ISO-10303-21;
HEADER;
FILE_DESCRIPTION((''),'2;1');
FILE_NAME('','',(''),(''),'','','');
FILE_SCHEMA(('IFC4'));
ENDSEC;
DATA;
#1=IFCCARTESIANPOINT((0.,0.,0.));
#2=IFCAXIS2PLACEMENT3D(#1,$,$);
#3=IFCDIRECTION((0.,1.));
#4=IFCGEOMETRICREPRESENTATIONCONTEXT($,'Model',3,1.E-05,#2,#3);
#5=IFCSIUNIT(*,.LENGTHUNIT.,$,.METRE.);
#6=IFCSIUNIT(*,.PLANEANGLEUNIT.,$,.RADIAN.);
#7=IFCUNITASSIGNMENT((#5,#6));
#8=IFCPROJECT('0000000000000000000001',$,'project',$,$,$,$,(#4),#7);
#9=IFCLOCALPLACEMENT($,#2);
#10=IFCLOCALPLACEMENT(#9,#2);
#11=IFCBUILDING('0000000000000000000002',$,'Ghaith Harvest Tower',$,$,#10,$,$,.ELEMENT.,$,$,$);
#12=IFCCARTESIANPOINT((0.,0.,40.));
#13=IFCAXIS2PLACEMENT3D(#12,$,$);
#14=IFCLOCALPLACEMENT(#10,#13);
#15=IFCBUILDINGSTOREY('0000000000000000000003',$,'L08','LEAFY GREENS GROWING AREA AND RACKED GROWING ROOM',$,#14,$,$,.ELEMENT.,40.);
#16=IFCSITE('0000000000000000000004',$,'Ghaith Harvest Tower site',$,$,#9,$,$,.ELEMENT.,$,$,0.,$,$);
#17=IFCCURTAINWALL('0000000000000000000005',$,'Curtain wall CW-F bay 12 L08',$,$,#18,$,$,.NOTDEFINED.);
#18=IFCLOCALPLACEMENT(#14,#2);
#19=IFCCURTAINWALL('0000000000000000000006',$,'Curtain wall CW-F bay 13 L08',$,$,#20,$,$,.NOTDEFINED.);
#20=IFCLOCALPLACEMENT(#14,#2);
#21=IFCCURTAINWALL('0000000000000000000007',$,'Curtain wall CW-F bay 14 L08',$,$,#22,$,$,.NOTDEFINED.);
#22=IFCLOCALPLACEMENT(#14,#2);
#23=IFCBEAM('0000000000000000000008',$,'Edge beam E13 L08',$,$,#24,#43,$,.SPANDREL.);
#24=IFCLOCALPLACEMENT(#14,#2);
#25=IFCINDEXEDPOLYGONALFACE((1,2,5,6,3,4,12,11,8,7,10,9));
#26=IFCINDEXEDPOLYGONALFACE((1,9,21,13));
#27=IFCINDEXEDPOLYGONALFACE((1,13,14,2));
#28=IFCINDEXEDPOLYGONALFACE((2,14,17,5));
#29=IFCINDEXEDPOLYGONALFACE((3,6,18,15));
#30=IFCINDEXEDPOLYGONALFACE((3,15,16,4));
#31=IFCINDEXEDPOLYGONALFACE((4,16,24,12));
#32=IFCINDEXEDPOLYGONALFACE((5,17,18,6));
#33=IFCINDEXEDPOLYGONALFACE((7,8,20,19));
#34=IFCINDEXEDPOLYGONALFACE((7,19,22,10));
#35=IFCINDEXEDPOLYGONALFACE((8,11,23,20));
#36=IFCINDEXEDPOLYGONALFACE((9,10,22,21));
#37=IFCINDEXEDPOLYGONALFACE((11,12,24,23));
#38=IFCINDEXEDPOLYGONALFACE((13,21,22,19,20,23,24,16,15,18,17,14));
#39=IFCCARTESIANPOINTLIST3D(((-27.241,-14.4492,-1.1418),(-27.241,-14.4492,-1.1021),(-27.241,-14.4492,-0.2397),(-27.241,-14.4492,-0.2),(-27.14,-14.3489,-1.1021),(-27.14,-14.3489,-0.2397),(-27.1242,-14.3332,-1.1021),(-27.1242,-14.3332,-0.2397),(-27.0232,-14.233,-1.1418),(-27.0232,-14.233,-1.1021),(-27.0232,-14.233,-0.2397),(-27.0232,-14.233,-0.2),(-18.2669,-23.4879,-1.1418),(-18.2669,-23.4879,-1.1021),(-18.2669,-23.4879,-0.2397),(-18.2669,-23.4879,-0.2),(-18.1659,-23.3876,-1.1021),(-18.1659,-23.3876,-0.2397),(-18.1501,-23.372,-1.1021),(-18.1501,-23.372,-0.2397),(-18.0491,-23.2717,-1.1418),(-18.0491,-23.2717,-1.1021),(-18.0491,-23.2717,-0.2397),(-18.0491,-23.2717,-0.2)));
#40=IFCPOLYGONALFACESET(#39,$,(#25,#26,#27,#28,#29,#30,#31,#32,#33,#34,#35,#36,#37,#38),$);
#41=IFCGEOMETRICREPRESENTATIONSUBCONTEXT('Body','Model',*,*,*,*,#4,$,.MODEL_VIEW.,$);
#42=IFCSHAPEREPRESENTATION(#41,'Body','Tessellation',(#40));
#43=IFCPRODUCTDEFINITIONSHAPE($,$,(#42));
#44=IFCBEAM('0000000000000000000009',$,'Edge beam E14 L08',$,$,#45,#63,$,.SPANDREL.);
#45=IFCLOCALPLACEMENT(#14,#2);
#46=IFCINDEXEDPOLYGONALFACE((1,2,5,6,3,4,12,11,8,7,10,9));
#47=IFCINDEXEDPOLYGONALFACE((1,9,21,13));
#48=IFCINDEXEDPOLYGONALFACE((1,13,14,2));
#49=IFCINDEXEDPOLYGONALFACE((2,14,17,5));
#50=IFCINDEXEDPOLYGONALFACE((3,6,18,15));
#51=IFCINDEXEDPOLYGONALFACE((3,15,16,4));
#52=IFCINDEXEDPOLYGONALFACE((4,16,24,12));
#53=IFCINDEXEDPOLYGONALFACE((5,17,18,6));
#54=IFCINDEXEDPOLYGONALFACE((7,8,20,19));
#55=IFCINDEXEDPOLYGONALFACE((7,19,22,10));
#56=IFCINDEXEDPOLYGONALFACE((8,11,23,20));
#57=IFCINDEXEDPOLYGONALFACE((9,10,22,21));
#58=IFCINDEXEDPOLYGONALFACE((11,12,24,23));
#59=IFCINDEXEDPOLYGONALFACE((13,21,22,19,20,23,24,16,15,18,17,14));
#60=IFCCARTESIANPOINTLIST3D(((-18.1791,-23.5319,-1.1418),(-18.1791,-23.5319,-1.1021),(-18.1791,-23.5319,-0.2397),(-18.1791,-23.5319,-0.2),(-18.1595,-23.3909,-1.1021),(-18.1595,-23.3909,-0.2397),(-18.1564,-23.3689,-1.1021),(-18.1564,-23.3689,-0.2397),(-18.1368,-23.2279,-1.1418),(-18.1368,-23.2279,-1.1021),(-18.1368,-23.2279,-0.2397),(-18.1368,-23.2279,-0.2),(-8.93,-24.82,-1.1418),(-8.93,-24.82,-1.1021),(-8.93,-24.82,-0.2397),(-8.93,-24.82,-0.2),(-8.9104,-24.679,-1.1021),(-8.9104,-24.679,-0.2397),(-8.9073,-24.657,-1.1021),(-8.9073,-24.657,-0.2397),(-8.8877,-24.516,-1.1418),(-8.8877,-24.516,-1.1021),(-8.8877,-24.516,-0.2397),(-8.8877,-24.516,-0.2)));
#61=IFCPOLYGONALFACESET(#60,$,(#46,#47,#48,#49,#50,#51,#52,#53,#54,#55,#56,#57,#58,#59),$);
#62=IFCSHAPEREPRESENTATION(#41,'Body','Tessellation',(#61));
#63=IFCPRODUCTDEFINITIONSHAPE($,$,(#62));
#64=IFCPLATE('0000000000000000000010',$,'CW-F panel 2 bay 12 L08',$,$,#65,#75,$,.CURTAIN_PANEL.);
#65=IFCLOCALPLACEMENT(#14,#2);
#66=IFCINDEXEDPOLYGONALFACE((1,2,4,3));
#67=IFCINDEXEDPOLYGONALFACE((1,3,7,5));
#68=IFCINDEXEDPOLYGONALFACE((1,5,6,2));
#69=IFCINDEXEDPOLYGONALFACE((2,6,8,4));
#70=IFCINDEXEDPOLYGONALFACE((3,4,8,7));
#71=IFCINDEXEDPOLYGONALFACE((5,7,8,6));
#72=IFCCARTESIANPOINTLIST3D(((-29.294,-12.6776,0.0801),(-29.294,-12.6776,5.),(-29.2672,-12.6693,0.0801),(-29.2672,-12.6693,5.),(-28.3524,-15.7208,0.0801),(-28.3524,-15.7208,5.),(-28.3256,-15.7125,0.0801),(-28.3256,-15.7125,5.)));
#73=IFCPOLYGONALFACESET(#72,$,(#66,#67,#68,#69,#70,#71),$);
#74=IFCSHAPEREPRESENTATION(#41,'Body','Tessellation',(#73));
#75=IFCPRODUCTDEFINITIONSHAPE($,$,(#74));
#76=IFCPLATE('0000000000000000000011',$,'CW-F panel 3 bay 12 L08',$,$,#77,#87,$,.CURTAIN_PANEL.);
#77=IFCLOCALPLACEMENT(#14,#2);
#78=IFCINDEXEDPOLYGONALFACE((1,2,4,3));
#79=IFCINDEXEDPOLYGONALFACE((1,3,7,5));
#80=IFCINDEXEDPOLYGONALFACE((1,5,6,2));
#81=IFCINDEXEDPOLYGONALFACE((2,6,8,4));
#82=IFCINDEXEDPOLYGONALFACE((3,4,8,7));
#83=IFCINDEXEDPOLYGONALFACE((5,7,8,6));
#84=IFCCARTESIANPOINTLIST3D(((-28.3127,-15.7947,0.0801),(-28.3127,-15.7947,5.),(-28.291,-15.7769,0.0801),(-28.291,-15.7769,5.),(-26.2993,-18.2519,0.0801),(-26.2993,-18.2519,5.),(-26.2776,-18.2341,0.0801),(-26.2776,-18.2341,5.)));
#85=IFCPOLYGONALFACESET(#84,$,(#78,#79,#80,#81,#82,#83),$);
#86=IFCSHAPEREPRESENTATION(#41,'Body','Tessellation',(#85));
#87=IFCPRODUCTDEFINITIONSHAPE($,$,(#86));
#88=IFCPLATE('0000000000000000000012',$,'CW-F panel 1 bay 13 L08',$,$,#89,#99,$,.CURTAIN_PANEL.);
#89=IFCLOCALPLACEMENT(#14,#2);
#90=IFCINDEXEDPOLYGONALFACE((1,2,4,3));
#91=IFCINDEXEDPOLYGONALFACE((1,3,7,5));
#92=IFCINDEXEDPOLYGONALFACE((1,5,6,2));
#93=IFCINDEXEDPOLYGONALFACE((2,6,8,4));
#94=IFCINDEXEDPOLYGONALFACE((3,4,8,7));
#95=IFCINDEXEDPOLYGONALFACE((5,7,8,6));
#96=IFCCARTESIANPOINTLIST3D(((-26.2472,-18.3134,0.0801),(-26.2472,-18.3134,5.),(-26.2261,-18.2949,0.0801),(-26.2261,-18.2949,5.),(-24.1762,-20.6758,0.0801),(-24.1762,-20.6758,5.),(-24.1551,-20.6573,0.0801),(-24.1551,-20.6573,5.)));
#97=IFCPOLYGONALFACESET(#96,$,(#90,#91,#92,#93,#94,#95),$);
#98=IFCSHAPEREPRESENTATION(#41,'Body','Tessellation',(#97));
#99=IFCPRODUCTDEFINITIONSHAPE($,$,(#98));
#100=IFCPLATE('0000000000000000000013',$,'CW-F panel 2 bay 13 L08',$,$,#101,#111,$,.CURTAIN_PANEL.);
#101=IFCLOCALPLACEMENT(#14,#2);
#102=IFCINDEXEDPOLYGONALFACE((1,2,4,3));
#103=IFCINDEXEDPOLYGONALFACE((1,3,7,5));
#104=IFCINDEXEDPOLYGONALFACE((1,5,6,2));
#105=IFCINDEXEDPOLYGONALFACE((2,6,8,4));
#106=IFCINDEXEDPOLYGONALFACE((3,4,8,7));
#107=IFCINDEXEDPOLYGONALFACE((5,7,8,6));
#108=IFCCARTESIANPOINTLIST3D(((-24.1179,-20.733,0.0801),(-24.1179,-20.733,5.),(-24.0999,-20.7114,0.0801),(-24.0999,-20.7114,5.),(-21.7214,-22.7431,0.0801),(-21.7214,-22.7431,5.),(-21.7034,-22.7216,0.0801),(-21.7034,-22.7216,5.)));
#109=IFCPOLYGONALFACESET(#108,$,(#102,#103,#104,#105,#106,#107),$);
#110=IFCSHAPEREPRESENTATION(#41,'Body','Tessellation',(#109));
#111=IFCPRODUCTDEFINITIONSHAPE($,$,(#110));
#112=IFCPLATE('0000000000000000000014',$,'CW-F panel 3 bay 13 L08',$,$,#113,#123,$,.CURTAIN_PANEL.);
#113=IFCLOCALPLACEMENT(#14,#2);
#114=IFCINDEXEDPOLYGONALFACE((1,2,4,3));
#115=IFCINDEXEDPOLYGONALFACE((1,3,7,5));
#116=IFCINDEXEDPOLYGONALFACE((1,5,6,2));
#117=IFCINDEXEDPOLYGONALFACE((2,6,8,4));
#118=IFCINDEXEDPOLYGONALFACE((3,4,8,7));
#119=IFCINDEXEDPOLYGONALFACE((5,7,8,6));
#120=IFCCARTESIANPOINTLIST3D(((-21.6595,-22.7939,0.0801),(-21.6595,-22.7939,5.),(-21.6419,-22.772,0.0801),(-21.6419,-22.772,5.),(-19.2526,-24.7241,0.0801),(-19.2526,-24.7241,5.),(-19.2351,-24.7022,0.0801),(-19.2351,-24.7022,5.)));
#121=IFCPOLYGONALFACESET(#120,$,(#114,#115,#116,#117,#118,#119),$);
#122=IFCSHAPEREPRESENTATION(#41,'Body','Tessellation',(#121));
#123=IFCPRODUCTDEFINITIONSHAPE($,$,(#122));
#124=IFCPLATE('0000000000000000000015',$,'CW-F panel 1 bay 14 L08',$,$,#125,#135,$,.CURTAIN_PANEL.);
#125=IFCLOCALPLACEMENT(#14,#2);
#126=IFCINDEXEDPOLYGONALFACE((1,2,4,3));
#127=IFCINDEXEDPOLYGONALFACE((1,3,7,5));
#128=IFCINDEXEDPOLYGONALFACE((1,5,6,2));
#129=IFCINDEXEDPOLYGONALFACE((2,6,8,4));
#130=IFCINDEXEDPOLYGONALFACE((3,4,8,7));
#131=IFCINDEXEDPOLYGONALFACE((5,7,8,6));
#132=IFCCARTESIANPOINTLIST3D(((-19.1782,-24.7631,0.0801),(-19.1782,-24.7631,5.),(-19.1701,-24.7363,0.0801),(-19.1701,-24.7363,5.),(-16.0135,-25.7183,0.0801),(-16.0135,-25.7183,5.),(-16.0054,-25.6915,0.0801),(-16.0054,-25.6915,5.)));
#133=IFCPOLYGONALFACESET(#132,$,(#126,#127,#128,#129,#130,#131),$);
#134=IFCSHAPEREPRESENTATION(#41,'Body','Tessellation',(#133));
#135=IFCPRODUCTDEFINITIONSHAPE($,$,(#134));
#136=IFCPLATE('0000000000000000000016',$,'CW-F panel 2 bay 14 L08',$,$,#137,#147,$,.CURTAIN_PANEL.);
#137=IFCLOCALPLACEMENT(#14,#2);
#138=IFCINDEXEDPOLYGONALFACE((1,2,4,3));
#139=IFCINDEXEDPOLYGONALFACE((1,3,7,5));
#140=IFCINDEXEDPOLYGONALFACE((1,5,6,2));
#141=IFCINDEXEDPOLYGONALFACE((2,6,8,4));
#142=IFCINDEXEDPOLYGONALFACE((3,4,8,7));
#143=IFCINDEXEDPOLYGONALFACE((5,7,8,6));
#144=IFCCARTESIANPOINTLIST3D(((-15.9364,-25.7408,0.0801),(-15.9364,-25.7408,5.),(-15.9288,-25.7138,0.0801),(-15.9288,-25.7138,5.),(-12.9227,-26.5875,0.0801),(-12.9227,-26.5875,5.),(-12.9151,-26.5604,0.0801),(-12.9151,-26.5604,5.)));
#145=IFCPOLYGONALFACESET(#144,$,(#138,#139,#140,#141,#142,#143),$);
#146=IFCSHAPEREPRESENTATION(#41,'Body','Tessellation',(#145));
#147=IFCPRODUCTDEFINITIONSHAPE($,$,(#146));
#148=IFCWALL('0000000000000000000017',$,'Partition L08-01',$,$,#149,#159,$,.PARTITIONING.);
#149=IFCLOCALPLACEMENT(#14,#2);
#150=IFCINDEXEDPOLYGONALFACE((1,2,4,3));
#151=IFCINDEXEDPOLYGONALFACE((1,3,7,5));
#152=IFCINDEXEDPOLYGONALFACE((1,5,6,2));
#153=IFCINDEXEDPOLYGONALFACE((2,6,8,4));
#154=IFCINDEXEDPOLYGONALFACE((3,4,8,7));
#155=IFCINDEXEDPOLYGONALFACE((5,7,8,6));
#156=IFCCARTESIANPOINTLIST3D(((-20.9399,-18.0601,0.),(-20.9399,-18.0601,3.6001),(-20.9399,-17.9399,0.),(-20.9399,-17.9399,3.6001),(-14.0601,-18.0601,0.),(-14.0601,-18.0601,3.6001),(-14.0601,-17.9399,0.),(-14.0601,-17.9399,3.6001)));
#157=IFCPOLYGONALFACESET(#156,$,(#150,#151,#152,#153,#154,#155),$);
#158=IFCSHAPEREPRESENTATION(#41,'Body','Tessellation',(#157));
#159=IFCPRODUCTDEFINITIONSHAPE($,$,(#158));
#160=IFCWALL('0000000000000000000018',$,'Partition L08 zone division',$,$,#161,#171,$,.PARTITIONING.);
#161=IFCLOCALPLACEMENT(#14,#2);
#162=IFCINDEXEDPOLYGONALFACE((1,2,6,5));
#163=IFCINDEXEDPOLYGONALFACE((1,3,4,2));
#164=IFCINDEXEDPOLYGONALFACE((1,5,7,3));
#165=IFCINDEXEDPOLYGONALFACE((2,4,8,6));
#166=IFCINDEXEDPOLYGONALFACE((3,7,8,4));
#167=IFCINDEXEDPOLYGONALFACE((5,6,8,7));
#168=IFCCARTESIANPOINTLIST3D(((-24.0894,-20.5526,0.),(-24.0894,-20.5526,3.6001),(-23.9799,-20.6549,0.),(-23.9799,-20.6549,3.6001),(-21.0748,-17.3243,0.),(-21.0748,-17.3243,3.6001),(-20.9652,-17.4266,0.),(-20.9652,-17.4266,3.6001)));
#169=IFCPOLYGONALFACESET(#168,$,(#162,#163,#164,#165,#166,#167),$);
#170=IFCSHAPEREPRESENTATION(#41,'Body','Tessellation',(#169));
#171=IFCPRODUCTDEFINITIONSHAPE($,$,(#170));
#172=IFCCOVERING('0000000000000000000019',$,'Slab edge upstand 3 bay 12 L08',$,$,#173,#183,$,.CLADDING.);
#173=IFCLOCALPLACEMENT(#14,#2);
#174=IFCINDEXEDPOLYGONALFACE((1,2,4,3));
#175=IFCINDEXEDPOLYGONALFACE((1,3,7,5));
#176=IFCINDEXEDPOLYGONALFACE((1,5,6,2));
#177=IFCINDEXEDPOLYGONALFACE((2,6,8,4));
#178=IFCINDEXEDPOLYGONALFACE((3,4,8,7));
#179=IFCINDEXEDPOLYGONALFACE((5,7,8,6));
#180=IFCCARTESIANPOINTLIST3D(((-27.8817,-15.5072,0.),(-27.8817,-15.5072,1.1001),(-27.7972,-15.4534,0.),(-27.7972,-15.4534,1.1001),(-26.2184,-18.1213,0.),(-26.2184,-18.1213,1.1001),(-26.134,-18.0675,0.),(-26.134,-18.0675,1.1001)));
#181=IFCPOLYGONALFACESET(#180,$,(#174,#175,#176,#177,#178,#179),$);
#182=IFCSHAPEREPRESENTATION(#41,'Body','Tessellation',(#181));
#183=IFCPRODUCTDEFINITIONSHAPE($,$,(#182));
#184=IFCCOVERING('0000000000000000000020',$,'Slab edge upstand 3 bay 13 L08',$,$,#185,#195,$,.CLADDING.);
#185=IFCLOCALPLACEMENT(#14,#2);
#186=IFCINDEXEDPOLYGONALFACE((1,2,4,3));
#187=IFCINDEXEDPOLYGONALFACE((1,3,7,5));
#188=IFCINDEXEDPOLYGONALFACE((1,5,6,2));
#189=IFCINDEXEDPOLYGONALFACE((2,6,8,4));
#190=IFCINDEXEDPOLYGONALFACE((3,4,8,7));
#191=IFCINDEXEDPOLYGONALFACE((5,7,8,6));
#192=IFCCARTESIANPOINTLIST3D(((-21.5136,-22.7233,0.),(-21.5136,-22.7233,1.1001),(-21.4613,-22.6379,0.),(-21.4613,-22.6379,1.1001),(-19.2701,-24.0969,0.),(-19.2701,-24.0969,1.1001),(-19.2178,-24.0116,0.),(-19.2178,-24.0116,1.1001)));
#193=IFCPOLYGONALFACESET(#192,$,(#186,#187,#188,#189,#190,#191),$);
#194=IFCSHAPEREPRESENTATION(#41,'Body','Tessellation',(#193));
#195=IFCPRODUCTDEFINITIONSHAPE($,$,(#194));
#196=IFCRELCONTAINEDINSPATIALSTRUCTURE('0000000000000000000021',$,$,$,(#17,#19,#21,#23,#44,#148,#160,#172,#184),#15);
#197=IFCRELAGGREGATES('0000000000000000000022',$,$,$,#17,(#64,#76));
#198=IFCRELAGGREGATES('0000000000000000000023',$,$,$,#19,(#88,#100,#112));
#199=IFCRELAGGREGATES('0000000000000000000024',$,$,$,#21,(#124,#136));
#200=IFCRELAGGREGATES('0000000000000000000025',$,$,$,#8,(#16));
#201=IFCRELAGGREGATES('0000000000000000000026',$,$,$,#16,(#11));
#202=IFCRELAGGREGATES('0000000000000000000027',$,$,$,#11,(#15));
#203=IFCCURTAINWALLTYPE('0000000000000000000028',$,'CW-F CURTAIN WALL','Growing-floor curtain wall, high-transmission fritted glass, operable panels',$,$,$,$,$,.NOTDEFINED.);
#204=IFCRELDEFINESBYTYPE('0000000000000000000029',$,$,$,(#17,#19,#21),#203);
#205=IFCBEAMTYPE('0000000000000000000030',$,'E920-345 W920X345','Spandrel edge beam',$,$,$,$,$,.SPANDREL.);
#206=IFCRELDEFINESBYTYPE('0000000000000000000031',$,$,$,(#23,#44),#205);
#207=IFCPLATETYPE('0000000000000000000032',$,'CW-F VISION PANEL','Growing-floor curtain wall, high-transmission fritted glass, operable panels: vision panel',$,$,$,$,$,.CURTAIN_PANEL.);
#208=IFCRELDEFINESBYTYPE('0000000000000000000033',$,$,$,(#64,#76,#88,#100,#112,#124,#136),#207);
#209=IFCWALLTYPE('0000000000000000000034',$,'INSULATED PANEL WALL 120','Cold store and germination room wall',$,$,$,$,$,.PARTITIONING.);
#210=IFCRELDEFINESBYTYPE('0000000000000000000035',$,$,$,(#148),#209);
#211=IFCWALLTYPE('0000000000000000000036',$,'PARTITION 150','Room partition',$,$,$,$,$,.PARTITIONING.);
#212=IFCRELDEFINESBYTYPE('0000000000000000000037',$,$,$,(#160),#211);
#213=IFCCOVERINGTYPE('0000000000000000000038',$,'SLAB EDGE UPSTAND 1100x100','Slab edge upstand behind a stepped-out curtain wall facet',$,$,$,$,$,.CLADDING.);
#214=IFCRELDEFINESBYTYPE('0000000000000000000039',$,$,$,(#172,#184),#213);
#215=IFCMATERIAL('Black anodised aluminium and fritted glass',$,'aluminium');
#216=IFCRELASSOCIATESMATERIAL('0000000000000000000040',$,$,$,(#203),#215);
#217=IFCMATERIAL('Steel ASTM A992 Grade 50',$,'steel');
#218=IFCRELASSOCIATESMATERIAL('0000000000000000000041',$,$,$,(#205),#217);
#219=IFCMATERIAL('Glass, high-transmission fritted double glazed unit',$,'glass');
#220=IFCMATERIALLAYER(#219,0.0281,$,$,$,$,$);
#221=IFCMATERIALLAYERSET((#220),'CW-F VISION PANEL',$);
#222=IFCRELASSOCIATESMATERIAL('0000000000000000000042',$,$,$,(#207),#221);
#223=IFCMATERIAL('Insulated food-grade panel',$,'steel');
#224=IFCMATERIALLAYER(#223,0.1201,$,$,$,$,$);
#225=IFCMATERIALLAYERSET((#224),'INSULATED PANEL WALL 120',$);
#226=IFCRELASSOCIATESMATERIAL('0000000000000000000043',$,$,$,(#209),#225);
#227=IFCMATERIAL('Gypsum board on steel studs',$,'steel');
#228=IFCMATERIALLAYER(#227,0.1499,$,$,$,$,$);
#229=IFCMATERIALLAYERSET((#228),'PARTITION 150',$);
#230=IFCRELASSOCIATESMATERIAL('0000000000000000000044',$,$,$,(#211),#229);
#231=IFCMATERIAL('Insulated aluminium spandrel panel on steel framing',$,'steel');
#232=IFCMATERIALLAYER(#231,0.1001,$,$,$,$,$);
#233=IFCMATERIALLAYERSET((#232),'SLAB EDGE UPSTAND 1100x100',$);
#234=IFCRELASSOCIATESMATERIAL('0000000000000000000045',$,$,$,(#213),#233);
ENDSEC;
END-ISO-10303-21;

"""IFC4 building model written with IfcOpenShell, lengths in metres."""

from ifc_helpers import new_model, si_unit, direction, frame, frame_2d, origin, origin_2d, place, context, subcontext, project, spatial, rectangle, i_section, extrude, material, layer, layer_set, material_profile, profile_set, type_object, element, aggregate, save


model = new_model("IFC4")

# Units and contexts
model_context = context("Model", 3, precision=1e-05, world=origin(), true_north=direction((0.0, 1.0)))
body_context = subcontext(model_context, "Body", "Model", "MODEL_VIEW")
ifc_project = project(units=[si_unit("LENGTHUNIT", "METRE"), si_unit("PLANEANGLEUNIT", "RADIAN")], contexts=[model_context])

# Site, building, storey
site_placement = place(None, origin())
site = spatial("IfcSite", under=ifc_project, at=site_placement, Name="Ghaith Harvest Tower site", CompositionType="ELEMENT", RefElevation=0.0)
building_placement = place(site_placement, origin())
building = spatial("IfcBuilding", under=site, at=building_placement, Name="Ghaith Harvest Tower", CompositionType="ELEMENT")
storey_placement = place(building_placement, frame((0.0, 0.0, 40.0)))
storey = spatial("IfcBuildingStorey", under=building, at=storey_placement, Name="L08", Description="LEAFY GREENS GROWING AREA AND RACKED GROWING ROOM", CompositionType="ELEMENT", Elevation=40.0)

# Curtain wall
ifc_material_1 = material(Name="Black anodised aluminium and fritted glass", Category="aluminium")
curtain_wall_type = type_object("IfcCurtainWallType", Name="CW-F CURTAIN WALL", Description="Growing-floor curtain wall, high-transmission fritted glass, operable panels", PredefinedType="NOTDEFINED", material=ifc_material_1)
curtain_wall_1_placement = place(storey_placement, origin())
curtain_wall_1 = element("IfcCurtainWall", 1, at=curtain_wall_1_placement, inside=storey, type_object=curtain_wall_type, Name="Curtain wall CW-F bay 12 L08", PredefinedType="NOTDEFINED")

# Curtain walls
curtain_wall_2_placement = place(storey_placement, origin())
curtain_wall_2 = element("IfcCurtainWall", 2, at=curtain_wall_2_placement, inside=storey, type_object=curtain_wall_type, Name="Curtain wall CW-F bay 13 L08", PredefinedType="NOTDEFINED")
curtain_wall_3_placement = place(storey_placement, origin())
curtain_wall_3 = element("IfcCurtainWall", 3, at=curtain_wall_3_placement, inside=storey, type_object=curtain_wall_type, Name="Curtain wall CW-F bay 14 L08", PredefinedType="NOTDEFINED")

# Beams
ifc_material_2 = material(Name="Steel ASTM A992 Grade 50", Category="steel")
ifc_material_profile_1 = material_profile(ifc_material_2, i_section(OverallWidth=0.3069, OverallDepth=0.9419, WebThickness=0.0222, FlangeThickness=0.0398, at=origin_2d()), Name="W920X345")
ifc_profile_set_1 = profile_set([ifc_material_profile_1], Name="Steel ASTM A992 Grade 50")
beam_type = type_object("IfcBeamType", Name="E920-345 W920X345", Description="Spandrel edge beam", PredefinedType="SPANDREL", material=ifc_profile_set_1)
beam_1_placement = place(storey_placement, frame((-27.1321, -14.3411, -0.6709), z_axis=(0.704563, -0.709642, 0.0), x_axis=(0.709642, 0.704563, 0.0)))
element("IfcBeam", 4, at=beam_1_placement, inside=storey, type_object=beam_type, Name="Edge beam E13 L08", PredefinedType="SPANDREL", context=body_context, shape_type="SweptSolid", body=[
    extrude(i_section(OverallWidth=0.3069, OverallDepth=0.9419, WebThickness=0.0222, FlangeThickness=0.0398, at=origin_2d()), origin(), (0.0, 0.0, 1.0), 12.7371),
])
beam_2_placement = place(storey_placement, frame((-18.158, -23.3799, -0.6709), z_axis=(0.990441, -0.137936, 0.0), x_axis=(0.137936, 0.990441, 0.0)))
element("IfcBeam", 5, at=beam_2_placement, inside=storey, type_object=beam_type, Name="Edge beam E14 L08", PredefinedType="SPANDREL", context=body_context, shape_type="SweptSolid", body=[
    extrude(i_section(OverallWidth=0.3069, OverallDepth=0.9419, WebThickness=0.0222, FlangeThickness=0.0398, at=origin_2d()), origin(), (0.0, 0.0, 1.0), 9.3384),
])

# Plates
ifc_material_3 = material(Name="Glass, high-transmission fritted double glazed unit", Category="glass")
ifc_layer_1 = layer(ifc_material_3, 0.0281)
ifc_layer_set_1 = layer_set([ifc_layer_1], Name="CW-F VISION PANEL")
plate_type = type_object("IfcPlateType", Name="CW-F VISION PANEL", Description="Growing-floor curtain wall, high-transmission fritted glass, operable panels: vision panel", PredefinedType="CURTAIN_PANEL", material=ifc_layer_set_1)
plate_1_placement = place(storey_placement, frame((-28.8098, -14.1951, 0.0801), z_axis=(0.0, 0.0, 1.0), x_axis=(0.295583, -0.955317, 0.0)))
plate_1 = element("IfcPlate", 6, at=plate_1_placement, type_object=plate_type, Name="CW-F panel 2 bay 12 L08", PredefinedType="CURTAIN_PANEL", context=body_context, shape_type="SweptSolid", body=[
    extrude(rectangle(XDim=3.1855, YDim=0.0281, at=origin_2d()), origin(), (0.0, 0.0, 1.0), 4.9199),
])
plate_2_placement = place(storey_placement, frame((-27.2952, -17.0144, 0.0801), z_axis=(0.0, 0.0, 1.0), x_axis=(0.63379, -0.773505, 0.0)))
plate_2 = element("IfcPlate", 7, at=plate_2_placement, type_object=plate_type, Name="CW-F panel 3 bay 12 L08", PredefinedType="CURTAIN_PANEL", context=body_context, shape_type="SweptSolid", body=[
    extrude(rectangle(XDim=3.1768, YDim=0.0281, at=origin_2d()), origin(), (0.0, 0.0, 1.0), 4.9199),
])
aggregate(curtain_wall_1, [plate_1, plate_2])
plate_3_placement = place(storey_placement, frame((-25.2012, -19.4854, 0.0801), z_axis=(0.0, 0.0, 1.0), x_axis=(0.659216, -0.751954, 0.0)))
plate_3 = element("IfcPlate", 8, at=plate_3_placement, type_object=plate_type, Name="CW-F panel 1 bay 13 L08", PredefinedType="CURTAIN_PANEL", context=body_context, shape_type="SweptSolid", body=[
    extrude(rectangle(XDim=3.1416, YDim=0.0281, at=origin_2d()), origin(), (0.0, 0.0, 1.0), 4.9199),
])
plate_4_placement = place(storey_placement, frame((-22.9106, -21.7273, 0.0801), z_axis=(0.0, 0.0, 1.0), x_axis=(0.766155, -0.642656, 0.0)))
plate_4 = element("IfcPlate", 9, at=plate_4_placement, type_object=plate_type, Name="CW-F panel 2 bay 13 L08", PredefinedType="CURTAIN_PANEL", context=body_context, shape_type="SweptSolid", body=[
    extrude(rectangle(XDim=3.1279, YDim=0.0281, at=origin_2d()), origin(), (0.0, 0.0, 1.0), 4.9199),
])
plate_5_placement = place(storey_placement, frame((-20.4473, -23.748, 0.0801), z_axis=(0.0, 0.0, 1.0), x_axis=(0.780122, -0.625627, 0.0)))
plate_5 = element("IfcPlate", 10, at=plate_5_placement, type_object=plate_type, Name="CW-F panel 3 bay 13 L08", PredefinedType="CURTAIN_PANEL", context=body_context, shape_type="SweptSolid", body=[
    extrude(rectangle(XDim=3.0852, YDim=0.0281, at=origin_2d()), origin(), (0.0, 0.0, 1.0), 4.9199),
])
aggregate(curtain_wall_2, [plate_3, plate_4, plate_5])
plate_6_placement = place(storey_placement, frame((-17.5918, -25.2273, 0.0801), z_axis=(0.0, 0.0, 1.0), x_axis=(0.957342, -0.288956, 0.0)))
plate_6 = element("IfcPlate", 11, at=plate_6_placement, type_object=plate_type, Name="CW-F panel 1 bay 14 L08", PredefinedType="CURTAIN_PANEL", context=body_context, shape_type="SweptSolid", body=[
    extrude(rectangle(XDim=3.3057, YDim=0.0281, at=origin_2d()), origin(), (0.0, 0.0, 1.0), 4.9199),
])
plate_7_placement = place(storey_placement, frame((-14.4258, -26.1506, 0.0801), z_axis=(0.0, 0.0, 1.0), x_axis=(0.96273, -0.270465, 0.0)))
plate_7 = element("IfcPlate", 12, at=plate_7_placement, type_object=plate_type, Name="CW-F panel 2 bay 14 L08", PredefinedType="CURTAIN_PANEL", context=body_context, shape_type="SweptSolid", body=[
    extrude(rectangle(XDim=3.1304, YDim=0.0281, at=origin_2d()), origin(), (0.0, 0.0, 1.0), 4.9199),
])
aggregate(curtain_wall_3, [plate_6, plate_7])

# Walls
ifc_material_4 = material(Name="Insulated food-grade panel", Category="steel")
ifc_layer_2 = layer(ifc_material_4, 0.1201)
ifc_layer_set_2 = layer_set([ifc_layer_2], Name="INSULATED PANEL WALL 120")
wall_type_1 = type_object("IfcWallType", Name="INSULATED PANEL WALL 120", Description="Cold store and germination room wall", PredefinedType="PARTITIONING", material=ifc_layer_set_2)
wall_1_placement = place(storey_placement, frame((-20.9399, -18.0, 0.0), z_axis=(0.0, 0.0, 1.0), x_axis=(1.0, 0.0, 0.0)))
element("IfcWall", 13, at=wall_1_placement, inside=storey, type_object=wall_type_1, Name="Partition L08-01", PredefinedType="PARTITIONING", context=body_context, shape_type="SweptSolid", body=[
    extrude(rectangle(XDim=6.8799, YDim=0.1201, at=frame_2d((3.4399, 0.0))), origin(), (0.0, 0.0, 1.0), 3.6001),
])
ifc_material_5 = material(Name="Gypsum board on steel studs", Category="steel")
ifc_layer_3 = layer(ifc_material_5, 0.1499)
ifc_layer_set_3 = layer_set([ifc_layer_3], Name="PARTITION 150")
wall_type_2 = type_object("IfcWallType", Name="PARTITION 150", Description="Room partition", PredefinedType="PARTITIONING", material=ifc_layer_set_3)
wall_2_placement = place(storey_placement, frame((-21.02, -17.3755, 0.0), z_axis=(0.0, 0.0, 1.0), x_axis=(-0.682511, -0.730875, 0.0)))
element("IfcWall", 14, at=wall_2_placement, inside=storey, type_object=wall_type_2, Name="Partition L08 zone division", PredefinedType="PARTITIONING", context=body_context, shape_type="SweptSolid", body=[
    extrude(rectangle(XDim=4.417, YDim=0.1499, at=frame_2d((2.2085, 0.0))), origin(), (0.0, 0.0, 1.0), 3.6001),
])

# Coverings
ifc_material_6 = material(Name="Insulated aluminium spandrel panel on steel framing", Category="steel")
ifc_layer_4 = layer(ifc_material_6, 0.1001)
ifc_layer_set_4 = layer_set([ifc_layer_4], Name="SLAB EDGE UPSTAND 1100x100")
covering_type = type_object("IfcCoveringType", Name="SLAB EDGE UPSTAND 1100x100", Description="Slab edge upstand behind a stepped-out curtain wall facet", PredefinedType="CLADDING", material=ifc_layer_set_4)
covering_1_placement = place(storey_placement, frame((-27.0078, -16.7874, 0.0), z_axis=(0.0, 0.0, 1.0), x_axis=(0.536807, -0.843705, 0.0)))
element("IfcCovering", 15, at=covering_1_placement, inside=storey, type_object=covering_type, Name="Slab edge upstand 3 bay 12 L08", PredefinedType="CLADDING", context=body_context, shape_type="SweptSolid", body=[
    extrude(rectangle(XDim=3.0984, YDim=0.1001, at=origin_2d()), origin(), (0.0, 0.0, 1.0), 1.1001),
])
covering_2_placement = place(storey_placement, frame((-20.3657, -23.3674, 0.0), z_axis=(0.0, 0.0, 1.0), x_axis=(0.852847, -0.522161, 0.0)))
element("IfcCovering", 16, at=covering_2_placement, inside=storey, type_object=covering_type, Name="Slab edge upstand 3 bay 13 L08", PredefinedType="CLADDING", context=body_context, shape_type="SweptSolid", body=[
    extrude(rectangle(XDim=2.6306, YDim=0.1001, at=origin_2d()), origin(), (0.0, 0.0, 1.0), 1.1001),
])

save(model, "model.ifc")
